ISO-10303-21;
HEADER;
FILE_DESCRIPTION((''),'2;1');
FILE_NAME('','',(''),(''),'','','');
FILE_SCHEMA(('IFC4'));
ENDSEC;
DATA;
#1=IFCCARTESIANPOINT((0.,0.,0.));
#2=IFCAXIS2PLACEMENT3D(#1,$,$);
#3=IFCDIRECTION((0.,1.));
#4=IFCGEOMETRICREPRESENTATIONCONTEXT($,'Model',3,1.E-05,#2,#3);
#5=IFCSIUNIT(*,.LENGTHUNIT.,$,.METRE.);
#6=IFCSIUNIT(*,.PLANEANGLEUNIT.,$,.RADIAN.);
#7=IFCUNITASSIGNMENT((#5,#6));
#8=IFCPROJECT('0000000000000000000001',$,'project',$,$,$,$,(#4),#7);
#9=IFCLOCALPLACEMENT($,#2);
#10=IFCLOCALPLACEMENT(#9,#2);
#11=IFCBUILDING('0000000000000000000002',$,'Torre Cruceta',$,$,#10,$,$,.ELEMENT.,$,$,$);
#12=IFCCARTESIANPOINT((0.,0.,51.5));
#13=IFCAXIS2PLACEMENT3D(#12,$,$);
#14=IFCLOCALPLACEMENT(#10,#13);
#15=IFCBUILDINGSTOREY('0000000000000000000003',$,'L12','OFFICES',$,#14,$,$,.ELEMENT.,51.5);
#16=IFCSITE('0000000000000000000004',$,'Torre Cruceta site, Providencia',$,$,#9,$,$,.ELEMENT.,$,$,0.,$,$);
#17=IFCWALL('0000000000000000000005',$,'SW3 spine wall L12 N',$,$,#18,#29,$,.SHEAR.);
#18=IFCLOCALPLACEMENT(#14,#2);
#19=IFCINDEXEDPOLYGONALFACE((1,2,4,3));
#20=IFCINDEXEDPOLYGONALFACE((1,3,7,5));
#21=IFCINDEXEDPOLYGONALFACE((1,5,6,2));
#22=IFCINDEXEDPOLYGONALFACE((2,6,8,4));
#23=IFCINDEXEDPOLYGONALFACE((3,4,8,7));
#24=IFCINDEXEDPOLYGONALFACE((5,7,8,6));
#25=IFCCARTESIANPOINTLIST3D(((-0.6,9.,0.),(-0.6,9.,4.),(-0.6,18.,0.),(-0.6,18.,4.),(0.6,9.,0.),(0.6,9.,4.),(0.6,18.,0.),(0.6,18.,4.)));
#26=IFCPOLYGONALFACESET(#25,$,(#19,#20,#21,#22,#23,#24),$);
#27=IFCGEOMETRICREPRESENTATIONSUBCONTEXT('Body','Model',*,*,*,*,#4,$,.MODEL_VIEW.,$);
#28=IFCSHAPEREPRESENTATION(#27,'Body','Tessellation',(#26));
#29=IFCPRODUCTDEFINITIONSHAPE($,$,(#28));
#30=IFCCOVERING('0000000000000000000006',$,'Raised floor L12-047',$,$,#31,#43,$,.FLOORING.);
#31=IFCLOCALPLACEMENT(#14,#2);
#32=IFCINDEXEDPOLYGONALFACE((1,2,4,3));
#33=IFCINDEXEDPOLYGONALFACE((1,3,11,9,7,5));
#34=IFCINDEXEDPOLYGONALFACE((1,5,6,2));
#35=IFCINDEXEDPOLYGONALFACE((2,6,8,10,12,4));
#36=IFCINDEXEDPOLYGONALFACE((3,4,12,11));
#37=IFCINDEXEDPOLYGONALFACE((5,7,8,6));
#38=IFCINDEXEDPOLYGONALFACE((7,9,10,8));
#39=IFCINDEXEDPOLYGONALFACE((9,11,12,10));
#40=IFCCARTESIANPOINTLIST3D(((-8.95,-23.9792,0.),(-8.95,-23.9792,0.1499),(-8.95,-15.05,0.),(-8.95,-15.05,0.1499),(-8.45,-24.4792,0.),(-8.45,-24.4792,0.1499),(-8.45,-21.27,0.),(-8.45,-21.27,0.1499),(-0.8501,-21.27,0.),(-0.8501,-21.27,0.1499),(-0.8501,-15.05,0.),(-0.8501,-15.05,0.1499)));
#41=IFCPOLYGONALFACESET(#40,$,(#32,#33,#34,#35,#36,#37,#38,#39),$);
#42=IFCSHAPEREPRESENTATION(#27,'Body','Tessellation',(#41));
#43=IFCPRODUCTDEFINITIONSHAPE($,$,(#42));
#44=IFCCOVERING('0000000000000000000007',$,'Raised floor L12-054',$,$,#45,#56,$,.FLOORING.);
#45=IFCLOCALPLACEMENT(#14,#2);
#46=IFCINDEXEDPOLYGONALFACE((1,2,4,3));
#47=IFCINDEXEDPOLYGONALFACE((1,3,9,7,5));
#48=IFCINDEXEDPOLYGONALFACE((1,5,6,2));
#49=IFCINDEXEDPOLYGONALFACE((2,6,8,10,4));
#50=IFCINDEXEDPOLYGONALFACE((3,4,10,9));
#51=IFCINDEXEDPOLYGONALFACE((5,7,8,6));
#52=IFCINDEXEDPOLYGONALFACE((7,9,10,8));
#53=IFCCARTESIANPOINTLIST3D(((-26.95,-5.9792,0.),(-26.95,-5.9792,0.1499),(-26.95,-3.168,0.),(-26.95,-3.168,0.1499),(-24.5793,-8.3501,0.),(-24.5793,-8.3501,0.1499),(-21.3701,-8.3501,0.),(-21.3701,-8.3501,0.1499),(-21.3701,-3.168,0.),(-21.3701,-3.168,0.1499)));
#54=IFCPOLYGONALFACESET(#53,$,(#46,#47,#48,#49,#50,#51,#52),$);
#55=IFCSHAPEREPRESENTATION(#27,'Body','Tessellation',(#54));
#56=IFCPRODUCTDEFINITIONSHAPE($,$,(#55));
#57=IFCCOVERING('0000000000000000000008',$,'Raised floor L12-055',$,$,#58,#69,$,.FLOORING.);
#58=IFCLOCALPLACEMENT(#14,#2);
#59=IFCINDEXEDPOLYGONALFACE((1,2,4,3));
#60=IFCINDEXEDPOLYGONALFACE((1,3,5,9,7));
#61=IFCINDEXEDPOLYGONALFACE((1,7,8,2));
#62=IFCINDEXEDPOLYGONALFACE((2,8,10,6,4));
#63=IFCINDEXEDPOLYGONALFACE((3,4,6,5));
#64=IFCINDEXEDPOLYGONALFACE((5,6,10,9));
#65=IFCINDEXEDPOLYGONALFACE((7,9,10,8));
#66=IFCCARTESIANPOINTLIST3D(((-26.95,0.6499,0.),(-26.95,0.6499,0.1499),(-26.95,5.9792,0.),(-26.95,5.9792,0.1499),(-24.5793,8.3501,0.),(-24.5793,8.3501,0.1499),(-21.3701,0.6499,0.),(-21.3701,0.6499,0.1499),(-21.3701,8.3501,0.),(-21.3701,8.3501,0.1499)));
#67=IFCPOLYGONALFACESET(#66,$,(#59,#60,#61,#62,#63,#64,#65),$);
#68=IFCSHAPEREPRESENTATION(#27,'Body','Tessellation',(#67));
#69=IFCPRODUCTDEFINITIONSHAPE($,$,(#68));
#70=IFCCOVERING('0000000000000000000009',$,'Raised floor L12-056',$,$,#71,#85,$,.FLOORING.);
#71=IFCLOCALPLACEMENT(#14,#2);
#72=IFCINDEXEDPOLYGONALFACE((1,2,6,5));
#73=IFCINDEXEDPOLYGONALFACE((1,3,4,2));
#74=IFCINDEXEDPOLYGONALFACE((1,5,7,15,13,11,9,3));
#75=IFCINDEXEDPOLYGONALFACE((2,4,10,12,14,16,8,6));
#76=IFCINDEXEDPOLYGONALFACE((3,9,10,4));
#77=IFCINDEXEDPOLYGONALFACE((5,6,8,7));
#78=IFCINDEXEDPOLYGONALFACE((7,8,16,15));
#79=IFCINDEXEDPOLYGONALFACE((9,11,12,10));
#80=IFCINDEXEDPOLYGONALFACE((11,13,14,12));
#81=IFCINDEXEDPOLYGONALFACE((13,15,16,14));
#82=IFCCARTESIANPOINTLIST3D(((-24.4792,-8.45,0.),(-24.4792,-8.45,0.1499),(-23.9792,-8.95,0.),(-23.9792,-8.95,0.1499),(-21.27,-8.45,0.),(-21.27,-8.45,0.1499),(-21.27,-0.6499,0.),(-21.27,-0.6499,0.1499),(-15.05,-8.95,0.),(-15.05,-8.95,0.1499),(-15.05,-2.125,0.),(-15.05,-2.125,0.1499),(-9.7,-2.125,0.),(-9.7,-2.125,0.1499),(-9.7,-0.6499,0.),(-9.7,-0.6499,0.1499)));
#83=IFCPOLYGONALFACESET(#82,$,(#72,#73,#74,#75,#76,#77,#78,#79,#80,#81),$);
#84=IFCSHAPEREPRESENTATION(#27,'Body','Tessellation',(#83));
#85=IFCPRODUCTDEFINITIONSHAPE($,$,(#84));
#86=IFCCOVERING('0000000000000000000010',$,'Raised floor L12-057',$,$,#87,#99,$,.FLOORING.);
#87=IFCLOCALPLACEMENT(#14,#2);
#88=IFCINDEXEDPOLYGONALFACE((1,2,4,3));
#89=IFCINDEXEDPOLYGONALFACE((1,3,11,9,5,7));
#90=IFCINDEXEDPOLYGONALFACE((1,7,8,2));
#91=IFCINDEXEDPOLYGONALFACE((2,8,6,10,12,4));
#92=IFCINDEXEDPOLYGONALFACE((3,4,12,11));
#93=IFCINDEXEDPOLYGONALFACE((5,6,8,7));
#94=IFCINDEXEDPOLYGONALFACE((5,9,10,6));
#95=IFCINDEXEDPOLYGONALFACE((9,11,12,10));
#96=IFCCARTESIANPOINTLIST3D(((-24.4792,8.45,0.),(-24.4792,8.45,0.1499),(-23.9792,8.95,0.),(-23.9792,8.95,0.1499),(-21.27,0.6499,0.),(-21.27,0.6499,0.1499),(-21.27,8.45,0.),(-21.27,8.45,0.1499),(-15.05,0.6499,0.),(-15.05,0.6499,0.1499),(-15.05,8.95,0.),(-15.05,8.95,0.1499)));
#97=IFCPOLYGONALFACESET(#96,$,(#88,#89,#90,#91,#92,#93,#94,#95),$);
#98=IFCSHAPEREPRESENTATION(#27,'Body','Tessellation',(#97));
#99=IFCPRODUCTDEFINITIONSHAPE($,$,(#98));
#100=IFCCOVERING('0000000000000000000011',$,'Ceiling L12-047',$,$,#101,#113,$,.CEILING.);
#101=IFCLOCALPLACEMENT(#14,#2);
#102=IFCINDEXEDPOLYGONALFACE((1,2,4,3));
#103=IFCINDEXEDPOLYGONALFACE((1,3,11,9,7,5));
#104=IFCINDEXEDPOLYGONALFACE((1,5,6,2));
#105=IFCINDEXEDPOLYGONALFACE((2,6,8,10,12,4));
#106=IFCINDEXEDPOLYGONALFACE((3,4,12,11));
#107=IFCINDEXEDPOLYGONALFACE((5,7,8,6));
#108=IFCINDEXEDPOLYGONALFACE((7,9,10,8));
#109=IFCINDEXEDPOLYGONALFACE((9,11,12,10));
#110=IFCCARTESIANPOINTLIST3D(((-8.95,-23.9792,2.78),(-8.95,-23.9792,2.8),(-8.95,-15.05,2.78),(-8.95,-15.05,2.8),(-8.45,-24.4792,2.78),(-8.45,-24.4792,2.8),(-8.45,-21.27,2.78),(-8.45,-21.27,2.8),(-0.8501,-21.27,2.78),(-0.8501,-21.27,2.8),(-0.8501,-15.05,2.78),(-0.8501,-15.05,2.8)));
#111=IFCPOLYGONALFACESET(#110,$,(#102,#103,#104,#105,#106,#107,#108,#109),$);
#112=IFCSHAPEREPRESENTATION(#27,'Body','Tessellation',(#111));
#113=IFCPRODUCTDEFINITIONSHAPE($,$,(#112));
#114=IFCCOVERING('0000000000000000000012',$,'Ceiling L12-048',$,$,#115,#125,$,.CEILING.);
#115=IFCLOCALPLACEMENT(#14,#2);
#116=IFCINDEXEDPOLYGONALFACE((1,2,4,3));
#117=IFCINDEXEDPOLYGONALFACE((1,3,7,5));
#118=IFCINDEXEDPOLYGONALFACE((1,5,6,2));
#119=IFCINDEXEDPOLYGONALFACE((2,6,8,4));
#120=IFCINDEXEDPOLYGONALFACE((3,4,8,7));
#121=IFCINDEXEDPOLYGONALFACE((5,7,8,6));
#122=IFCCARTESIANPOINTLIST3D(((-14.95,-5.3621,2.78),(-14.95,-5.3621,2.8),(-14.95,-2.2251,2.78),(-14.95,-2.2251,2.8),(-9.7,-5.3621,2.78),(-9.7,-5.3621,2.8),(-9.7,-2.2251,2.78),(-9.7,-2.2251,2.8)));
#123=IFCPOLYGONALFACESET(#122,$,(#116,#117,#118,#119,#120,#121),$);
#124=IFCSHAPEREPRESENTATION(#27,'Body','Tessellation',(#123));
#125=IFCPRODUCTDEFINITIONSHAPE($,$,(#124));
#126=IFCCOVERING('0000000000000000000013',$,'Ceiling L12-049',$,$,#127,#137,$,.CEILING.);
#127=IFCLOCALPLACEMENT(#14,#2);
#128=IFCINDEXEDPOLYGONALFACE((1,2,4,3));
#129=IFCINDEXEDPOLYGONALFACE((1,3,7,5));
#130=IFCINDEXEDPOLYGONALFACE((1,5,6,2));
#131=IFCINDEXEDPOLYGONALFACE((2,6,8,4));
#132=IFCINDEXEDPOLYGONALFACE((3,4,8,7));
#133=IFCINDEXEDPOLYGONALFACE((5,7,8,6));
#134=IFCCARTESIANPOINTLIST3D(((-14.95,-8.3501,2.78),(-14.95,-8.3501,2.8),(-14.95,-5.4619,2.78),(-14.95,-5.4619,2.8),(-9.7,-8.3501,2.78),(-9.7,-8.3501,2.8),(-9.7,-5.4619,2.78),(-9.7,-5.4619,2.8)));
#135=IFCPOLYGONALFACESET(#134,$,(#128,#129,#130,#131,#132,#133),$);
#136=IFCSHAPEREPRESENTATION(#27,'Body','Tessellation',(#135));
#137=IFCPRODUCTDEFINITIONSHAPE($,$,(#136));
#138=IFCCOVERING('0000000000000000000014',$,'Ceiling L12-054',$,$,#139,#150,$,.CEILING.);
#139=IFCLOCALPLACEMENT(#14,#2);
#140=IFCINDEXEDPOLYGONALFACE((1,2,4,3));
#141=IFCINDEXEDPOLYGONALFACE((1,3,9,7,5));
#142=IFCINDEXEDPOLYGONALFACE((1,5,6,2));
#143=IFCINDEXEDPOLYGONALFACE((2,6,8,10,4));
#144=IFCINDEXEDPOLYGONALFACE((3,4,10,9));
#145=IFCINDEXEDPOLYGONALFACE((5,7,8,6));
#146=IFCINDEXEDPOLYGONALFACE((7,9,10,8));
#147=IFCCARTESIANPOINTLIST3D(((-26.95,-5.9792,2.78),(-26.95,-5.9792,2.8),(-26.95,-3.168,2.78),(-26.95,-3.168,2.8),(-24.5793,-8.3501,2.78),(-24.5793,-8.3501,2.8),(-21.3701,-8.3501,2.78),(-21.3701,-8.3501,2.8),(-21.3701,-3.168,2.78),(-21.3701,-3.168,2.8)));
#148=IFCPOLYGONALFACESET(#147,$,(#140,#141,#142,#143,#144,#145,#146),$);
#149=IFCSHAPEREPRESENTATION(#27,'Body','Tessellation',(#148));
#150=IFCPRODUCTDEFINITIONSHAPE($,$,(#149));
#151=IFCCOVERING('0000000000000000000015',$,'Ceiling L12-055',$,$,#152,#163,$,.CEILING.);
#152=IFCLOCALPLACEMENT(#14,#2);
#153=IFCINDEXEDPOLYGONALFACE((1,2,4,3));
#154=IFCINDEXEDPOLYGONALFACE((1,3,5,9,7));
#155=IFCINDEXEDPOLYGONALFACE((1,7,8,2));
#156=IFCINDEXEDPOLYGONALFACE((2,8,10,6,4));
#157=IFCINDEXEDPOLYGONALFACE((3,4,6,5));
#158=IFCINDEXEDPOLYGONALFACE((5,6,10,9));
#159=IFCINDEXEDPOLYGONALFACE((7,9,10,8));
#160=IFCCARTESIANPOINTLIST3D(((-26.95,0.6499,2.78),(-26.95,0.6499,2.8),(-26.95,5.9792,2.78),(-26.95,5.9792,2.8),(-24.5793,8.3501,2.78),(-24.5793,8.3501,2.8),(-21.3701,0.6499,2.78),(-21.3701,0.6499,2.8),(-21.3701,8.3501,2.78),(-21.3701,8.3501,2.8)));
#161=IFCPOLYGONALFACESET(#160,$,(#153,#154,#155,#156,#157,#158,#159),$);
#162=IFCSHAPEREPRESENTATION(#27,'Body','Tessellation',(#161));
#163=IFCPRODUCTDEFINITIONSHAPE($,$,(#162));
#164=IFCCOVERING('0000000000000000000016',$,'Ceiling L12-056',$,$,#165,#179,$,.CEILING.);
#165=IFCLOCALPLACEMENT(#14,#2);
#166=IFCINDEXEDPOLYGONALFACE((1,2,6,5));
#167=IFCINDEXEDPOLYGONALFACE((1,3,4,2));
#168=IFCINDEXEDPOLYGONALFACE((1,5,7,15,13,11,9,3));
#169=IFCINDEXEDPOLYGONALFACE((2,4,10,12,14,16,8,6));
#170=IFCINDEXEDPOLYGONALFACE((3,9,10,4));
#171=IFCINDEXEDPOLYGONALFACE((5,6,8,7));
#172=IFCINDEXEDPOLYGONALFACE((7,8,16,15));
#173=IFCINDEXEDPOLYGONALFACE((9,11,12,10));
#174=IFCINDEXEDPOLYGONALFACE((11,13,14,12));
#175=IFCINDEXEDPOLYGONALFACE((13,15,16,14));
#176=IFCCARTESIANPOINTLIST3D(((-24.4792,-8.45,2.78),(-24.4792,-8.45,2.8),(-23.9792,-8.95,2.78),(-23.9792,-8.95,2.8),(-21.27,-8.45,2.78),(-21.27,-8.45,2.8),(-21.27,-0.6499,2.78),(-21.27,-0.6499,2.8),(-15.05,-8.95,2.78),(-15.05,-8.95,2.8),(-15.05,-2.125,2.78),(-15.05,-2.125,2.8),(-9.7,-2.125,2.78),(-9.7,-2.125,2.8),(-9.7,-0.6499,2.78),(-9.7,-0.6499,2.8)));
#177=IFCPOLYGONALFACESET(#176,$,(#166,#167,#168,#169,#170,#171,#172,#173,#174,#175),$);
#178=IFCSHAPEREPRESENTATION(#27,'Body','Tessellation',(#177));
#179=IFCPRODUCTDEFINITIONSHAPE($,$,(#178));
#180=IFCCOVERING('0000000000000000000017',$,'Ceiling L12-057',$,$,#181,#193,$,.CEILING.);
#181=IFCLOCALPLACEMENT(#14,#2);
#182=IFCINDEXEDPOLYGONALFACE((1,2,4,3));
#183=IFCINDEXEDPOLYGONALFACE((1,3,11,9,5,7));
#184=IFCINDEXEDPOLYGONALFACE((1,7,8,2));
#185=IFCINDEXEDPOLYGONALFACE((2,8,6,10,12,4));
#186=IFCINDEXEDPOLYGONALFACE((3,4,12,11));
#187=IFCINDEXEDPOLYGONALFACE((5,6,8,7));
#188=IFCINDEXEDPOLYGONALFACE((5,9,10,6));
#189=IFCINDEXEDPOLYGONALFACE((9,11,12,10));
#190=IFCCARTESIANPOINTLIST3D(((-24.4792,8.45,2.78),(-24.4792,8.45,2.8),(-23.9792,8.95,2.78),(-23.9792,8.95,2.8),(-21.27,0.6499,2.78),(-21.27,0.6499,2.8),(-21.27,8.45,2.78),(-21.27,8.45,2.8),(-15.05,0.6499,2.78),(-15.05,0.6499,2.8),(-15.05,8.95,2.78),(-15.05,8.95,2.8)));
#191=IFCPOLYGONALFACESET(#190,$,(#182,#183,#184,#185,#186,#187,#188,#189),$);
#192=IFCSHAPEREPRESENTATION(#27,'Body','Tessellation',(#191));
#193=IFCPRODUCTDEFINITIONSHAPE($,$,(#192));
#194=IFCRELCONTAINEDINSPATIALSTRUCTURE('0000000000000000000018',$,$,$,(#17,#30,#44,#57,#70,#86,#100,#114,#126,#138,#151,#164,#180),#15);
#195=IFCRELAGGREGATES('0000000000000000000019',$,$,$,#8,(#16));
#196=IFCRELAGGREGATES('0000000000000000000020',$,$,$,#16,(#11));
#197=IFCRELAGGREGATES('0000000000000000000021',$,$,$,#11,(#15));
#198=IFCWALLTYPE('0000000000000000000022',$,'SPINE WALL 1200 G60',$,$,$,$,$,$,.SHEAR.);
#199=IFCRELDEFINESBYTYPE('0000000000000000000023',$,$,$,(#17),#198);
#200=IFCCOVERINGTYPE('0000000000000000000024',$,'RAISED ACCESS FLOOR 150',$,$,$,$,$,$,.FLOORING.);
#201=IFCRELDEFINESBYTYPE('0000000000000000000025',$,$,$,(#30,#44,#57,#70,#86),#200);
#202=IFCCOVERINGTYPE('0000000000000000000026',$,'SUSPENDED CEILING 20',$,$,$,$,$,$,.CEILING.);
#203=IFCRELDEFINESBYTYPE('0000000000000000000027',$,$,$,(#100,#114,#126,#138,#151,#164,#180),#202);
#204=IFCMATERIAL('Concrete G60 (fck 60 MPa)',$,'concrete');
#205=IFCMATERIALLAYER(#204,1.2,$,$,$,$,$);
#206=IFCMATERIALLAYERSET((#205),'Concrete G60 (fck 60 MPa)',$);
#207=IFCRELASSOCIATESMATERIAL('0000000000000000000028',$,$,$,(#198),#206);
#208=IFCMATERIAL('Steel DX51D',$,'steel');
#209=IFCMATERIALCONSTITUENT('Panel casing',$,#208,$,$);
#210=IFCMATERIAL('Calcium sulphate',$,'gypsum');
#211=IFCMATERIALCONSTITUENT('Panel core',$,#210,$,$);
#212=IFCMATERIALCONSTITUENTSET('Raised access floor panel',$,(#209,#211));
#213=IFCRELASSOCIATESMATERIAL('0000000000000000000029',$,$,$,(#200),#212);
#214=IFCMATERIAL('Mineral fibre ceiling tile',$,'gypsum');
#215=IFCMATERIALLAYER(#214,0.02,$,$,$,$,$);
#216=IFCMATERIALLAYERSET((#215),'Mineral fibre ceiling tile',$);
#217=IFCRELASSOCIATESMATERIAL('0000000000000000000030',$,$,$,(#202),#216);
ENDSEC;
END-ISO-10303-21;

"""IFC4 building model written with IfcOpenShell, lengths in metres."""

from ifc_helpers import new_model, si_unit, direction, frame, frame_2d, origin, place, context, subcontext, project, spatial, polyline, rectangle, outline, extrude, material, layer, layer_set, constituent, constituent_set, type_object, element, save


model = new_model("IFC4")

# Units and contexts
model_context = context("Model", 3, precision=1e-05, world=origin(), true_north=direction((0.0, 1.0)))
body_context = subcontext(model_context, "Body", "Model", "MODEL_VIEW")
ifc_project = project(units=[si_unit("LENGTHUNIT", "METRE"), si_unit("PLANEANGLEUNIT", "RADIAN")], contexts=[model_context])

# Site, building, storey
site_placement = place(None, origin())
site = spatial("IfcSite", under=ifc_project, at=site_placement, Name="Torre Cruceta site, Providencia", CompositionType="ELEMENT", RefElevation=0.0)
building_placement = place(site_placement, origin())
building = spatial("IfcBuilding", under=site, at=building_placement, Name="Torre Cruceta", CompositionType="ELEMENT")
storey_placement = place(building_placement, frame((0.0, 0.0, 51.5)))
storey = spatial("IfcBuildingStorey", under=building, at=storey_placement, Name="L12", Description="OFFICES", CompositionType="ELEMENT", Elevation=51.5)

# Wall
ifc_material_1 = material(Name="Concrete G60 (fck 60 MPa)", Category="concrete")
ifc_layer_1 = layer(ifc_material_1, 1.2)
ifc_layer_set_1 = layer_set([ifc_layer_1], Name="Concrete G60 (fck 60 MPa)")
wall_type_1 = type_object("IfcWallType", Name="SPINE WALL 1200 G60", PredefinedType="SHEAR", material=ifc_layer_set_1)
wall_1_placement = place(storey_placement, frame((0.0, 9.0, 0.0), z_axis=(0.0, 0.0, 1.0), x_axis=(0.0, 1.0, 0.0)))
element("IfcWall", 1, at=wall_1_placement, inside=storey, type_object=wall_type_1, Name="SW3 spine wall L12 N", PredefinedType="SHEAR", context=body_context, shape_type="SweptSolid", body=[
    extrude(rectangle(XDim=9.0, YDim=1.2, at=frame_2d((4.5, 0.0))), origin(), (0.0, 0.0, 1.0), 4.0),
])

# Coverings
ifc_material_2 = material(Name="Steel DX51D", Category="steel")
ifc_constituent_1 = constituent(ifc_material_2, Name="Panel casing")
ifc_material_3 = material(Name="Calcium sulphate", Category="gypsum")
ifc_constituent_2 = constituent(ifc_material_3, Name="Panel core")
ifc_constituent_set_1 = constituent_set(constituents=[ifc_constituent_1, ifc_constituent_2], Name="Raised access floor panel")
covering_type_1 = type_object("IfcCoveringType", Name="RAISED ACCESS FLOOR 150", PredefinedType="FLOORING", material=ifc_constituent_set_1)
covering_1_placement = place(storey_placement, origin())
element("IfcCovering", 2, at=covering_1_placement, inside=storey, type_object=covering_type_1, Name="Raised floor L12-047", PredefinedType="FLOORING", context=body_context, shape_type="SweptSolid", body=[
    extrude(outline(polyline([(-8.95, -15.05), (-0.8501, -15.05), (-0.8501, -21.27), (-8.45, -21.27), (-8.45, -24.4792), (-8.95, -23.9792), (-8.95, -15.05)])), origin(), (0.0, 0.0, 1.0), 0.1499),
])
covering_2_placement = place(storey_placement, origin())
element("IfcCovering", 3, at=covering_2_placement, inside=storey, type_object=covering_type_1, Name="Raised floor L12-054", PredefinedType="FLOORING", context=body_context, shape_type="SweptSolid", body=[
    extrude(outline(polyline([(-26.95, -3.168), (-21.3701, -3.168), (-21.3701, -8.3501), (-24.5793, -8.3501), (-26.95, -5.9792), (-26.95, -3.168)])), origin(), (0.0, 0.0, 1.0), 0.1499),
])
covering_3_placement = place(storey_placement, origin())
element("IfcCovering", 4, at=covering_3_placement, inside=storey, type_object=covering_type_1, Name="Raised floor L12-055", PredefinedType="FLOORING", context=body_context, shape_type="SweptSolid", body=[
    extrude(outline(polyline([(-24.5793, 8.3501), (-21.3701, 8.3501), (-21.3701, 0.6499), (-26.95, 0.6499), (-26.95, 5.9792), (-24.5793, 8.3501)])), origin(), (0.0, 0.0, 1.0), 0.1499),
])
covering_4_placement = place(storey_placement, origin())
element("IfcCovering", 5, at=covering_4_placement, inside=storey, type_object=covering_type_1, Name="Raised floor L12-056", PredefinedType="FLOORING", context=body_context, shape_type="SweptSolid", body=[
    extrude(outline(polyline([(-9.7, -2.125), (-15.05, -2.125), (-15.05, -8.95), (-23.9792, -8.95), (-24.4792, -8.45), (-21.27, -8.45), (-21.27, -0.6499), (-9.7, -0.6499), (-9.7, -2.125)])), origin(), (0.0, 0.0, 1.0), 0.1499),
])
covering_5_placement = place(storey_placement, origin())
element("IfcCovering", 6, at=covering_5_placement, inside=storey, type_object=covering_type_1, Name="Raised floor L12-057", PredefinedType="FLOORING", context=body_context, shape_type="SweptSolid", body=[
    extrude(outline(polyline([(-15.05, 8.95), (-15.05, 0.6499), (-21.27, 0.6499), (-21.27, 8.45), (-24.4792, 8.45), (-23.9792, 8.95), (-15.05, 8.95)])), origin(), (0.0, 0.0, 1.0), 0.1499),
])
ifc_material_4 = material(Name="Mineral fibre ceiling tile", Category="gypsum")
ifc_layer_2 = layer(ifc_material_4, 0.02)
ifc_layer_set_2 = layer_set([ifc_layer_2], Name="Mineral fibre ceiling tile")
covering_type_2 = type_object("IfcCoveringType", Name="SUSPENDED CEILING 20", PredefinedType="CEILING", material=ifc_layer_set_2)
covering_6_placement = place(storey_placement, frame((0.0, 0.0, 2.78)))
element("IfcCovering", 7, at=covering_6_placement, inside=storey, type_object=covering_type_2, Name="Ceiling L12-047", PredefinedType="CEILING", context=body_context, shape_type="SweptSolid", body=[
    extrude(outline(polyline([(-8.95, -15.05), (-0.8501, -15.05), (-0.8501, -21.27), (-8.45, -21.27), (-8.45, -24.4792), (-8.95, -23.9792), (-8.95, -15.05)])), origin(), (0.0, 0.0, 1.0), 0.02),
])
covering_7_placement = place(storey_placement, frame((0.0, 0.0, 2.78)))
element("IfcCovering", 8, at=covering_7_placement, inside=storey, type_object=covering_type_2, Name="Ceiling L12-048", PredefinedType="CEILING", context=body_context, shape_type="SweptSolid", body=[
    extrude(outline(polyline([(-9.7, -2.2251), (-9.7, -5.3621), (-14.95, -5.3621), (-14.95, -2.2251), (-9.7, -2.2251)])), origin(), (0.0, 0.0, 1.0), 0.02),
])
covering_8_placement = place(storey_placement, frame((0.0, 0.0, 2.78)))
element("IfcCovering", 9, at=covering_8_placement, inside=storey, type_object=covering_type_2, Name="Ceiling L12-049", PredefinedType="CEILING", context=body_context, shape_type="SweptSolid", body=[
    extrude(outline(polyline([(-9.7, -5.4619), (-9.7, -8.3501), (-14.95, -8.3501), (-14.95, -5.4619), (-9.7, -5.4619)])), origin(), (0.0, 0.0, 1.0), 0.02),
])
covering_9_placement = place(storey_placement, frame((0.0, 0.0, 2.78)))
element("IfcCovering", 10, at=covering_9_placement, inside=storey, type_object=covering_type_2, Name="Ceiling L12-054", PredefinedType="CEILING", context=body_context, shape_type="SweptSolid", body=[
    extrude(outline(polyline([(-26.95, -3.168), (-21.3701, -3.168), (-21.3701, -8.3501), (-24.5793, -8.3501), (-26.95, -5.9792), (-26.95, -3.168)])), origin(), (0.0, 0.0, 1.0), 0.02),
])
covering_10_placement = place(storey_placement, frame((0.0, 0.0, 2.78)))
element("IfcCovering", 11, at=covering_10_placement, inside=storey, type_object=covering_type_2, Name="Ceiling L12-055", PredefinedType="CEILING", context=body_context, shape_type="SweptSolid", body=[
    extrude(outline(polyline([(-24.5793, 8.3501), (-21.3701, 8.3501), (-21.3701, 0.6499), (-26.95, 0.6499), (-26.95, 5.9792), (-24.5793, 8.3501)])), origin(), (0.0, 0.0, 1.0), 0.02),
])
covering_11_placement = place(storey_placement, frame((0.0, 0.0, 2.78)))
element("IfcCovering", 12, at=covering_11_placement, inside=storey, type_object=covering_type_2, Name="Ceiling L12-056", PredefinedType="CEILING", context=body_context, shape_type="SweptSolid", body=[
    extrude(outline(polyline([(-9.7, -2.125), (-15.05, -2.125), (-15.05, -8.95), (-23.9792, -8.95), (-24.4792, -8.45), (-21.27, -8.45), (-21.27, -0.6499), (-9.7, -0.6499), (-9.7, -2.125)])), origin(), (0.0, 0.0, 1.0), 0.02),
])
covering_12_placement = place(storey_placement, frame((0.0, 0.0, 2.78)))
element("IfcCovering", 13, at=covering_12_placement, inside=storey, type_object=covering_type_2, Name="Ceiling L12-057", PredefinedType="CEILING", context=body_context, shape_type="SweptSolid", body=[
    extrude(outline(polyline([(-15.05, 8.95), (-15.05, 0.6499), (-21.27, 0.6499), (-21.27, 8.45), (-24.4792, 8.45), (-23.9792, 8.95), (-15.05, 8.95)])), origin(), (0.0, 0.0, 1.0), 0.02),
])

save(model, "model.ifc")
